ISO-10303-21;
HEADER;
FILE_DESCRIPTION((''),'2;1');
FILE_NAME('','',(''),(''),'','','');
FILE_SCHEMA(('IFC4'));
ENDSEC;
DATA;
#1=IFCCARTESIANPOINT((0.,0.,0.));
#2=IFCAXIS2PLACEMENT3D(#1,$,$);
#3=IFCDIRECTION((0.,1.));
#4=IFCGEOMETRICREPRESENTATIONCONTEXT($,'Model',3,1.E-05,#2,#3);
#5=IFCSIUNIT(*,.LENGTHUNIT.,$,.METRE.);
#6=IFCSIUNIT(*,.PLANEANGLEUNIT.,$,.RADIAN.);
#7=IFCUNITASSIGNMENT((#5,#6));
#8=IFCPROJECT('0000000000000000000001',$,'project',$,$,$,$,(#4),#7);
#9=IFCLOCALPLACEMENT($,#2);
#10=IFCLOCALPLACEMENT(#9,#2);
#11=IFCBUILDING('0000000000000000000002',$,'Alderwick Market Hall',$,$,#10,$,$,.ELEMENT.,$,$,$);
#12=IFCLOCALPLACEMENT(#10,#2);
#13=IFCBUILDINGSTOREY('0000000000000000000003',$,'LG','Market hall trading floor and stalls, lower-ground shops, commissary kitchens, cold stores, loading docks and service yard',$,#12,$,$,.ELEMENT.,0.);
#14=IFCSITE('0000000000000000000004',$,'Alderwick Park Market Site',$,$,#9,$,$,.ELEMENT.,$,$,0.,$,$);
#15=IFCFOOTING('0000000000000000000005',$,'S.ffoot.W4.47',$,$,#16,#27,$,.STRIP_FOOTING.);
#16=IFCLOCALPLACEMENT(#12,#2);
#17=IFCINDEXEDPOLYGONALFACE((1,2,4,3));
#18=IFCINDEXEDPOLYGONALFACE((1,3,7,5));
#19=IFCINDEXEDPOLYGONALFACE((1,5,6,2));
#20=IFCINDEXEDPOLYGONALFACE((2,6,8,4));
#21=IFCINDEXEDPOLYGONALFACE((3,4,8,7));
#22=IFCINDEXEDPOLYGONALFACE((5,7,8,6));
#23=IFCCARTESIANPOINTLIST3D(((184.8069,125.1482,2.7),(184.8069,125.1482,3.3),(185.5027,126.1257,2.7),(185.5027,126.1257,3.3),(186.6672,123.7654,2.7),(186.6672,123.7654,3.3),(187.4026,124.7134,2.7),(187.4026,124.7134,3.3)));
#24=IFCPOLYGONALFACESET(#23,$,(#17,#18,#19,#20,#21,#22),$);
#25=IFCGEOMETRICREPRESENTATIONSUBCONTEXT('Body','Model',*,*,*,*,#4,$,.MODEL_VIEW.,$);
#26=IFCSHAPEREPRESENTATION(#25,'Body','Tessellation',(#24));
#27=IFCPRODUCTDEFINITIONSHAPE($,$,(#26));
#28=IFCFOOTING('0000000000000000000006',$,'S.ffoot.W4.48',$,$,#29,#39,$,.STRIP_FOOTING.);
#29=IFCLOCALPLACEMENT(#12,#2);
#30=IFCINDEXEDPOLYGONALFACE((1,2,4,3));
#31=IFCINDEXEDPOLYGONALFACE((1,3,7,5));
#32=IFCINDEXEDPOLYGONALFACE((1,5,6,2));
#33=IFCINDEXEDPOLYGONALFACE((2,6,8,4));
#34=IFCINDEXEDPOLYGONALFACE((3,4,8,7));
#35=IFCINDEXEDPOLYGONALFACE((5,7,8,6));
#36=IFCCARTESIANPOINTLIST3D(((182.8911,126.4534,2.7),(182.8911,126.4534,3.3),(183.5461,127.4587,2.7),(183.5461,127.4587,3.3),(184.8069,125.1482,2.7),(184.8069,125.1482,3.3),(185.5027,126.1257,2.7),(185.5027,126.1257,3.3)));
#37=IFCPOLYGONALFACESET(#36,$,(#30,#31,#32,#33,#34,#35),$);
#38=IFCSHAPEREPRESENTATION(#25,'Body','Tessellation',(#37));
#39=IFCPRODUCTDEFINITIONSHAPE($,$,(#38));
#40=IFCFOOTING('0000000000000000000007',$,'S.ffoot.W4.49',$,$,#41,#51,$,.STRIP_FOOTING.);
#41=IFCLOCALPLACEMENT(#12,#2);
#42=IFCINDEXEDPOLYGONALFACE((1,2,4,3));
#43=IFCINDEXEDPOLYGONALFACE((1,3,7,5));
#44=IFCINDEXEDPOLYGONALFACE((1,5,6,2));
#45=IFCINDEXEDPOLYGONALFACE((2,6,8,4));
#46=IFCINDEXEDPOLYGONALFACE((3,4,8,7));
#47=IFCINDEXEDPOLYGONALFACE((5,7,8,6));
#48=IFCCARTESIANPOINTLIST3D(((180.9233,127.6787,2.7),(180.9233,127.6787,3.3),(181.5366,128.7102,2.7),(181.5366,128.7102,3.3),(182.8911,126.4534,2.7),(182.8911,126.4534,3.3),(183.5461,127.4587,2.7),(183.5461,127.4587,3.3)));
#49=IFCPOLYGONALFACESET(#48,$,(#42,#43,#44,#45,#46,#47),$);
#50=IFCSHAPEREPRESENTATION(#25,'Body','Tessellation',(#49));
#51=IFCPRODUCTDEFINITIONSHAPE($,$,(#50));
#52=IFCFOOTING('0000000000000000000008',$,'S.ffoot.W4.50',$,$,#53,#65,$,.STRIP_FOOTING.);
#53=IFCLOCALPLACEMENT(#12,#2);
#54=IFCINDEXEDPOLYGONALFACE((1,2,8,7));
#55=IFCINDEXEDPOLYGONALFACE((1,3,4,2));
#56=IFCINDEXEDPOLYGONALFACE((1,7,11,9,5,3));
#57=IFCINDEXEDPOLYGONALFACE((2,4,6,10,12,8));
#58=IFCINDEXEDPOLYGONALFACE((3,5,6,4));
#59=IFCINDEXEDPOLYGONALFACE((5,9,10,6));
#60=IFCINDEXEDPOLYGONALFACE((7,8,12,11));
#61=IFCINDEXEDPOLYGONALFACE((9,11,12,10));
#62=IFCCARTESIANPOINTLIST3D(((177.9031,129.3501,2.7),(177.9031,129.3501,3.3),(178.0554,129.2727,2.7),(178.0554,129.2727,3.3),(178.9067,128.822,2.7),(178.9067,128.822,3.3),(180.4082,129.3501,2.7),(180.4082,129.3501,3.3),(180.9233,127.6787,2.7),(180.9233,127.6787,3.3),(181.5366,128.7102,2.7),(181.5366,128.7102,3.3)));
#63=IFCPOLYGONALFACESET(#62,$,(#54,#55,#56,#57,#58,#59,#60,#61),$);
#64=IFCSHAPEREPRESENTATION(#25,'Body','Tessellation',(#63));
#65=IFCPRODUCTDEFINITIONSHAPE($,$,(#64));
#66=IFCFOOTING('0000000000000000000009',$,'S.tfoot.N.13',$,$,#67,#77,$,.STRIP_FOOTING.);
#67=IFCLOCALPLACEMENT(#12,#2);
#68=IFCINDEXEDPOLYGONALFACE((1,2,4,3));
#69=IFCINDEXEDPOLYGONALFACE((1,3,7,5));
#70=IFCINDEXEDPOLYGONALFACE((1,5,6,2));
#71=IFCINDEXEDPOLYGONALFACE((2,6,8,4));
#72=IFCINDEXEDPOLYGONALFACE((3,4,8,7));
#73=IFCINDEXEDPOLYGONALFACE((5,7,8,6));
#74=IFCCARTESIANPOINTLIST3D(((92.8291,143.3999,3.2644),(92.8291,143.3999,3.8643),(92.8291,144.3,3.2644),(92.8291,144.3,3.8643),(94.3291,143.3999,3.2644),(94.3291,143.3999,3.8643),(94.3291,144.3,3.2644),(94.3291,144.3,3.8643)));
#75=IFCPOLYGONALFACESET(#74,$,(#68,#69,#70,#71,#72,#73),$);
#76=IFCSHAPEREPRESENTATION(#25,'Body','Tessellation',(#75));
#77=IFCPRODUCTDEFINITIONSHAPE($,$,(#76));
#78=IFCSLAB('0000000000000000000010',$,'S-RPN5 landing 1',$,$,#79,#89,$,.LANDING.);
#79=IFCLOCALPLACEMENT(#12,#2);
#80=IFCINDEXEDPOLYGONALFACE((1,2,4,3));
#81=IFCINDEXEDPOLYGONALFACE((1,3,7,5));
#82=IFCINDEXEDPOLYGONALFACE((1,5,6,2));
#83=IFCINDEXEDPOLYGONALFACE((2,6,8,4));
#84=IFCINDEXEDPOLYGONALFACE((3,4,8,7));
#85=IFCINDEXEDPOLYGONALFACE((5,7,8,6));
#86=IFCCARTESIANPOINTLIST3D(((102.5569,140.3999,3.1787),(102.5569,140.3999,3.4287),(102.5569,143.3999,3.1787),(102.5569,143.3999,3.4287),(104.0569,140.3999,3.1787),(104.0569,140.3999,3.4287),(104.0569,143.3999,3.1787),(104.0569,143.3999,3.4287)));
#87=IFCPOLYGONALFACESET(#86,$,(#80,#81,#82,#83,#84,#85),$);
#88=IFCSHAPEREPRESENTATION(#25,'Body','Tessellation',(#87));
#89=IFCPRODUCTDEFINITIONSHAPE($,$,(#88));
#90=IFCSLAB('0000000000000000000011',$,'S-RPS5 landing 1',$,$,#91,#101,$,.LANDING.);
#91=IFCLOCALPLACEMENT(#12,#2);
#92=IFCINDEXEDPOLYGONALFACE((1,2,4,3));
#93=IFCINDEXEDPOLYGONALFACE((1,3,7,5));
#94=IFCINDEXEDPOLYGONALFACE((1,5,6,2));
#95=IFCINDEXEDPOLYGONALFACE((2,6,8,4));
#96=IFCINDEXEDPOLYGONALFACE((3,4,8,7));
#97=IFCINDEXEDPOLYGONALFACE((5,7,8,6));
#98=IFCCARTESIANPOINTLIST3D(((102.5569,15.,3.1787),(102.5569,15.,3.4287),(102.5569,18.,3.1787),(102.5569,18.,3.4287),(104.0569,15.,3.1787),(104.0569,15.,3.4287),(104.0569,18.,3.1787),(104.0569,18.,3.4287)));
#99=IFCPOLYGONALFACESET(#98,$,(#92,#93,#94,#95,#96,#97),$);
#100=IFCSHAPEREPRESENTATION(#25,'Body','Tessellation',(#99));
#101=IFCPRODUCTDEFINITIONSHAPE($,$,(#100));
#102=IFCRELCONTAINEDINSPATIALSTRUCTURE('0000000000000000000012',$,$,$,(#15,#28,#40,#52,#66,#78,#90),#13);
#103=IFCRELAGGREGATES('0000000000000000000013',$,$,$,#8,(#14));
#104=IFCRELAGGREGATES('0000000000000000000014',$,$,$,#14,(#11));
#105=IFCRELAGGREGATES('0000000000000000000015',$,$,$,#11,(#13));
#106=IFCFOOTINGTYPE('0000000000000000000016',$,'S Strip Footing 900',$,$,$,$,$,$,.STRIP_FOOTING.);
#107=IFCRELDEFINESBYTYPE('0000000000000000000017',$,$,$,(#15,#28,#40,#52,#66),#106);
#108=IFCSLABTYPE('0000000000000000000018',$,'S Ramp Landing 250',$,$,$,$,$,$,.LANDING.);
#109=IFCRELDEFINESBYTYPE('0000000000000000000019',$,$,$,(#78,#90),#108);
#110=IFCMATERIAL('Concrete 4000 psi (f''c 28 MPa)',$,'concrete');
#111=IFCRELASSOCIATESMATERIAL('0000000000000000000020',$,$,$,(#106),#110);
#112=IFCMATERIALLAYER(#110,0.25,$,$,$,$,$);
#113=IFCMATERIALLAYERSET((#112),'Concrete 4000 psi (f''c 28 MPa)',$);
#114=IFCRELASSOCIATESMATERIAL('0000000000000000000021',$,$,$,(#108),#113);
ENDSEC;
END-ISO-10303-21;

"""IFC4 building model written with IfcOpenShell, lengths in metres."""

from ifc_helpers import new_model, si_unit, direction, frame, origin, place, context, subcontext, project, spatial, polyline, outline, extrude, material, layer, layer_set, type_object, element, save


model = new_model("IFC4")

# Units and contexts
model_context = context("Model", 3, precision=1e-05, world=origin(), true_north=direction((0.0, 1.0)))
body_context = subcontext(model_context, "Body", "Model", "MODEL_VIEW")
ifc_project = project(units=[si_unit("LENGTHUNIT", "METRE"), si_unit("PLANEANGLEUNIT", "RADIAN")], contexts=[model_context])

# Site, building, storey
site_placement = place(None, origin())
site = spatial("IfcSite", under=ifc_project, at=site_placement, Name="Alderwick Park Market Site", CompositionType="ELEMENT", RefElevation=0.0)
building_placement = place(site_placement, origin())
building = spatial("IfcBuilding", under=site, at=building_placement, Name="Alderwick Market Hall", CompositionType="ELEMENT")
storey_placement = place(building_placement, origin())
storey = spatial("IfcBuildingStorey", under=building, at=storey_placement, Name="LG", Description="Market hall trading floor and stalls, lower-ground shops, commissary kitchens, cold stores, loading docks and service yard", CompositionType="ELEMENT", Elevation=0.0)

# Footings
ifc_material = material(Name="Concrete 4000 psi (f'c 28 MPa)", Category="concrete")
footing_type = type_object("IfcFootingType", Name="S Strip Footing 900", PredefinedType="STRIP_FOOTING", material=ifc_material)
footing_1_placement = place(storey_placement, frame((0.0, 0.0, 2.7)))
element("IfcFooting", 1, at=footing_1_placement, inside=storey, type_object=footing_type, Name="S.ffoot.W4.47", PredefinedType="STRIP_FOOTING", context=body_context, shape_type="SweptSolid", body=[
    extrude(outline(polyline([(187.4026, 124.7134), (185.5027, 126.1257), (184.8069, 125.1482), (186.6672, 123.7654), (187.4026, 124.7134)])), origin(), (0.0, 0.0, 1.0), 0.6001),
])
footing_2_placement = place(storey_placement, frame((0.0, 0.0, 2.7)))
element("IfcFooting", 2, at=footing_2_placement, inside=storey, type_object=footing_type, Name="S.ffoot.W4.48", PredefinedType="STRIP_FOOTING", context=body_context, shape_type="SweptSolid", body=[
    extrude(outline(polyline([(185.5027, 126.1257), (183.5461, 127.4587), (182.8911, 126.4534), (184.8069, 125.1482), (185.5027, 126.1257)])), origin(), (0.0, 0.0, 1.0), 0.6001),
])
footing_3_placement = place(storey_placement, frame((0.0, 0.0, 2.7)))
element("IfcFooting", 3, at=footing_3_placement, inside=storey, type_object=footing_type, Name="S.ffoot.W4.49", PredefinedType="STRIP_FOOTING", context=body_context, shape_type="SweptSolid", body=[
    extrude(outline(polyline([(183.5461, 127.4587), (181.5366, 128.7102), (180.9233, 127.6787), (182.8911, 126.4534), (183.5461, 127.4587)])), origin(), (0.0, 0.0, 1.0), 0.6001),
])
footing_4_placement = place(storey_placement, frame((0.0, 0.0, 2.7)))
element("IfcFooting", 4, at=footing_4_placement, inside=storey, type_object=footing_type, Name="S.ffoot.W4.50", PredefinedType="STRIP_FOOTING", context=body_context, shape_type="SweptSolid", body=[
    extrude(outline(polyline([(181.5366, 128.7102), (180.4082, 129.3501), (177.9031, 129.3501), (178.0554, 129.2727), (178.9067, 128.822), (180.9233, 127.6787), (181.5366, 128.7102)])), origin(), (0.0, 0.0, 1.0), 0.6001),
])
footing_5_placement = place(storey_placement, frame((0.0, 0.0, 3.2644)))
element("IfcFooting", 5, at=footing_5_placement, inside=storey, type_object=footing_type, Name="S.tfoot.N.13", PredefinedType="STRIP_FOOTING", context=body_context, shape_type="SweptSolid", body=[
    extrude(outline(polyline([(94.3291, 143.3999), (94.3291, 144.3), (92.8291, 144.3), (92.8291, 143.3999), (94.3291, 143.3999)])), origin(), (0.0, 0.0, 1.0), 0.5999),
])

# Slabs
ifc_layer = layer(ifc_material, 0.25)
ifc_layer_set = layer_set([ifc_layer], Name="Concrete 4000 psi (f'c 28 MPa)")
slab_type = type_object("IfcSlabType", Name="S Ramp Landing 250", PredefinedType="LANDING", material=ifc_layer_set)
slab_1_placement = place(storey_placement, frame((0.0, 0.0, 3.1787)))
element("IfcSlab", 6, at=slab_1_placement, inside=storey, type_object=slab_type, Name="S-RPN5 landing 1", PredefinedType="LANDING", context=body_context, shape_type="SweptSolid", body=[
    extrude(outline(polyline([(104.0569, 140.3999), (102.5569, 140.3999), (102.5569, 143.3999), (104.0569, 143.3999), (104.0569, 140.3999)])), origin(), (0.0, 0.0, 1.0), 0.25),
])
slab_2_placement = place(storey_placement, frame((0.0, 0.0, 3.1787)))
element("IfcSlab", 7, at=slab_2_placement, inside=storey, type_object=slab_type, Name="S-RPS5 landing 1", PredefinedType="LANDING", context=body_context, shape_type="SweptSolid", body=[
    extrude(outline(polyline([(104.0569, 15.0), (102.5569, 15.0), (102.5569, 18.0), (104.0569, 18.0), (104.0569, 15.0)])), origin(), (0.0, 0.0, 1.0), 0.25),
])

save(model, "model.ifc")
